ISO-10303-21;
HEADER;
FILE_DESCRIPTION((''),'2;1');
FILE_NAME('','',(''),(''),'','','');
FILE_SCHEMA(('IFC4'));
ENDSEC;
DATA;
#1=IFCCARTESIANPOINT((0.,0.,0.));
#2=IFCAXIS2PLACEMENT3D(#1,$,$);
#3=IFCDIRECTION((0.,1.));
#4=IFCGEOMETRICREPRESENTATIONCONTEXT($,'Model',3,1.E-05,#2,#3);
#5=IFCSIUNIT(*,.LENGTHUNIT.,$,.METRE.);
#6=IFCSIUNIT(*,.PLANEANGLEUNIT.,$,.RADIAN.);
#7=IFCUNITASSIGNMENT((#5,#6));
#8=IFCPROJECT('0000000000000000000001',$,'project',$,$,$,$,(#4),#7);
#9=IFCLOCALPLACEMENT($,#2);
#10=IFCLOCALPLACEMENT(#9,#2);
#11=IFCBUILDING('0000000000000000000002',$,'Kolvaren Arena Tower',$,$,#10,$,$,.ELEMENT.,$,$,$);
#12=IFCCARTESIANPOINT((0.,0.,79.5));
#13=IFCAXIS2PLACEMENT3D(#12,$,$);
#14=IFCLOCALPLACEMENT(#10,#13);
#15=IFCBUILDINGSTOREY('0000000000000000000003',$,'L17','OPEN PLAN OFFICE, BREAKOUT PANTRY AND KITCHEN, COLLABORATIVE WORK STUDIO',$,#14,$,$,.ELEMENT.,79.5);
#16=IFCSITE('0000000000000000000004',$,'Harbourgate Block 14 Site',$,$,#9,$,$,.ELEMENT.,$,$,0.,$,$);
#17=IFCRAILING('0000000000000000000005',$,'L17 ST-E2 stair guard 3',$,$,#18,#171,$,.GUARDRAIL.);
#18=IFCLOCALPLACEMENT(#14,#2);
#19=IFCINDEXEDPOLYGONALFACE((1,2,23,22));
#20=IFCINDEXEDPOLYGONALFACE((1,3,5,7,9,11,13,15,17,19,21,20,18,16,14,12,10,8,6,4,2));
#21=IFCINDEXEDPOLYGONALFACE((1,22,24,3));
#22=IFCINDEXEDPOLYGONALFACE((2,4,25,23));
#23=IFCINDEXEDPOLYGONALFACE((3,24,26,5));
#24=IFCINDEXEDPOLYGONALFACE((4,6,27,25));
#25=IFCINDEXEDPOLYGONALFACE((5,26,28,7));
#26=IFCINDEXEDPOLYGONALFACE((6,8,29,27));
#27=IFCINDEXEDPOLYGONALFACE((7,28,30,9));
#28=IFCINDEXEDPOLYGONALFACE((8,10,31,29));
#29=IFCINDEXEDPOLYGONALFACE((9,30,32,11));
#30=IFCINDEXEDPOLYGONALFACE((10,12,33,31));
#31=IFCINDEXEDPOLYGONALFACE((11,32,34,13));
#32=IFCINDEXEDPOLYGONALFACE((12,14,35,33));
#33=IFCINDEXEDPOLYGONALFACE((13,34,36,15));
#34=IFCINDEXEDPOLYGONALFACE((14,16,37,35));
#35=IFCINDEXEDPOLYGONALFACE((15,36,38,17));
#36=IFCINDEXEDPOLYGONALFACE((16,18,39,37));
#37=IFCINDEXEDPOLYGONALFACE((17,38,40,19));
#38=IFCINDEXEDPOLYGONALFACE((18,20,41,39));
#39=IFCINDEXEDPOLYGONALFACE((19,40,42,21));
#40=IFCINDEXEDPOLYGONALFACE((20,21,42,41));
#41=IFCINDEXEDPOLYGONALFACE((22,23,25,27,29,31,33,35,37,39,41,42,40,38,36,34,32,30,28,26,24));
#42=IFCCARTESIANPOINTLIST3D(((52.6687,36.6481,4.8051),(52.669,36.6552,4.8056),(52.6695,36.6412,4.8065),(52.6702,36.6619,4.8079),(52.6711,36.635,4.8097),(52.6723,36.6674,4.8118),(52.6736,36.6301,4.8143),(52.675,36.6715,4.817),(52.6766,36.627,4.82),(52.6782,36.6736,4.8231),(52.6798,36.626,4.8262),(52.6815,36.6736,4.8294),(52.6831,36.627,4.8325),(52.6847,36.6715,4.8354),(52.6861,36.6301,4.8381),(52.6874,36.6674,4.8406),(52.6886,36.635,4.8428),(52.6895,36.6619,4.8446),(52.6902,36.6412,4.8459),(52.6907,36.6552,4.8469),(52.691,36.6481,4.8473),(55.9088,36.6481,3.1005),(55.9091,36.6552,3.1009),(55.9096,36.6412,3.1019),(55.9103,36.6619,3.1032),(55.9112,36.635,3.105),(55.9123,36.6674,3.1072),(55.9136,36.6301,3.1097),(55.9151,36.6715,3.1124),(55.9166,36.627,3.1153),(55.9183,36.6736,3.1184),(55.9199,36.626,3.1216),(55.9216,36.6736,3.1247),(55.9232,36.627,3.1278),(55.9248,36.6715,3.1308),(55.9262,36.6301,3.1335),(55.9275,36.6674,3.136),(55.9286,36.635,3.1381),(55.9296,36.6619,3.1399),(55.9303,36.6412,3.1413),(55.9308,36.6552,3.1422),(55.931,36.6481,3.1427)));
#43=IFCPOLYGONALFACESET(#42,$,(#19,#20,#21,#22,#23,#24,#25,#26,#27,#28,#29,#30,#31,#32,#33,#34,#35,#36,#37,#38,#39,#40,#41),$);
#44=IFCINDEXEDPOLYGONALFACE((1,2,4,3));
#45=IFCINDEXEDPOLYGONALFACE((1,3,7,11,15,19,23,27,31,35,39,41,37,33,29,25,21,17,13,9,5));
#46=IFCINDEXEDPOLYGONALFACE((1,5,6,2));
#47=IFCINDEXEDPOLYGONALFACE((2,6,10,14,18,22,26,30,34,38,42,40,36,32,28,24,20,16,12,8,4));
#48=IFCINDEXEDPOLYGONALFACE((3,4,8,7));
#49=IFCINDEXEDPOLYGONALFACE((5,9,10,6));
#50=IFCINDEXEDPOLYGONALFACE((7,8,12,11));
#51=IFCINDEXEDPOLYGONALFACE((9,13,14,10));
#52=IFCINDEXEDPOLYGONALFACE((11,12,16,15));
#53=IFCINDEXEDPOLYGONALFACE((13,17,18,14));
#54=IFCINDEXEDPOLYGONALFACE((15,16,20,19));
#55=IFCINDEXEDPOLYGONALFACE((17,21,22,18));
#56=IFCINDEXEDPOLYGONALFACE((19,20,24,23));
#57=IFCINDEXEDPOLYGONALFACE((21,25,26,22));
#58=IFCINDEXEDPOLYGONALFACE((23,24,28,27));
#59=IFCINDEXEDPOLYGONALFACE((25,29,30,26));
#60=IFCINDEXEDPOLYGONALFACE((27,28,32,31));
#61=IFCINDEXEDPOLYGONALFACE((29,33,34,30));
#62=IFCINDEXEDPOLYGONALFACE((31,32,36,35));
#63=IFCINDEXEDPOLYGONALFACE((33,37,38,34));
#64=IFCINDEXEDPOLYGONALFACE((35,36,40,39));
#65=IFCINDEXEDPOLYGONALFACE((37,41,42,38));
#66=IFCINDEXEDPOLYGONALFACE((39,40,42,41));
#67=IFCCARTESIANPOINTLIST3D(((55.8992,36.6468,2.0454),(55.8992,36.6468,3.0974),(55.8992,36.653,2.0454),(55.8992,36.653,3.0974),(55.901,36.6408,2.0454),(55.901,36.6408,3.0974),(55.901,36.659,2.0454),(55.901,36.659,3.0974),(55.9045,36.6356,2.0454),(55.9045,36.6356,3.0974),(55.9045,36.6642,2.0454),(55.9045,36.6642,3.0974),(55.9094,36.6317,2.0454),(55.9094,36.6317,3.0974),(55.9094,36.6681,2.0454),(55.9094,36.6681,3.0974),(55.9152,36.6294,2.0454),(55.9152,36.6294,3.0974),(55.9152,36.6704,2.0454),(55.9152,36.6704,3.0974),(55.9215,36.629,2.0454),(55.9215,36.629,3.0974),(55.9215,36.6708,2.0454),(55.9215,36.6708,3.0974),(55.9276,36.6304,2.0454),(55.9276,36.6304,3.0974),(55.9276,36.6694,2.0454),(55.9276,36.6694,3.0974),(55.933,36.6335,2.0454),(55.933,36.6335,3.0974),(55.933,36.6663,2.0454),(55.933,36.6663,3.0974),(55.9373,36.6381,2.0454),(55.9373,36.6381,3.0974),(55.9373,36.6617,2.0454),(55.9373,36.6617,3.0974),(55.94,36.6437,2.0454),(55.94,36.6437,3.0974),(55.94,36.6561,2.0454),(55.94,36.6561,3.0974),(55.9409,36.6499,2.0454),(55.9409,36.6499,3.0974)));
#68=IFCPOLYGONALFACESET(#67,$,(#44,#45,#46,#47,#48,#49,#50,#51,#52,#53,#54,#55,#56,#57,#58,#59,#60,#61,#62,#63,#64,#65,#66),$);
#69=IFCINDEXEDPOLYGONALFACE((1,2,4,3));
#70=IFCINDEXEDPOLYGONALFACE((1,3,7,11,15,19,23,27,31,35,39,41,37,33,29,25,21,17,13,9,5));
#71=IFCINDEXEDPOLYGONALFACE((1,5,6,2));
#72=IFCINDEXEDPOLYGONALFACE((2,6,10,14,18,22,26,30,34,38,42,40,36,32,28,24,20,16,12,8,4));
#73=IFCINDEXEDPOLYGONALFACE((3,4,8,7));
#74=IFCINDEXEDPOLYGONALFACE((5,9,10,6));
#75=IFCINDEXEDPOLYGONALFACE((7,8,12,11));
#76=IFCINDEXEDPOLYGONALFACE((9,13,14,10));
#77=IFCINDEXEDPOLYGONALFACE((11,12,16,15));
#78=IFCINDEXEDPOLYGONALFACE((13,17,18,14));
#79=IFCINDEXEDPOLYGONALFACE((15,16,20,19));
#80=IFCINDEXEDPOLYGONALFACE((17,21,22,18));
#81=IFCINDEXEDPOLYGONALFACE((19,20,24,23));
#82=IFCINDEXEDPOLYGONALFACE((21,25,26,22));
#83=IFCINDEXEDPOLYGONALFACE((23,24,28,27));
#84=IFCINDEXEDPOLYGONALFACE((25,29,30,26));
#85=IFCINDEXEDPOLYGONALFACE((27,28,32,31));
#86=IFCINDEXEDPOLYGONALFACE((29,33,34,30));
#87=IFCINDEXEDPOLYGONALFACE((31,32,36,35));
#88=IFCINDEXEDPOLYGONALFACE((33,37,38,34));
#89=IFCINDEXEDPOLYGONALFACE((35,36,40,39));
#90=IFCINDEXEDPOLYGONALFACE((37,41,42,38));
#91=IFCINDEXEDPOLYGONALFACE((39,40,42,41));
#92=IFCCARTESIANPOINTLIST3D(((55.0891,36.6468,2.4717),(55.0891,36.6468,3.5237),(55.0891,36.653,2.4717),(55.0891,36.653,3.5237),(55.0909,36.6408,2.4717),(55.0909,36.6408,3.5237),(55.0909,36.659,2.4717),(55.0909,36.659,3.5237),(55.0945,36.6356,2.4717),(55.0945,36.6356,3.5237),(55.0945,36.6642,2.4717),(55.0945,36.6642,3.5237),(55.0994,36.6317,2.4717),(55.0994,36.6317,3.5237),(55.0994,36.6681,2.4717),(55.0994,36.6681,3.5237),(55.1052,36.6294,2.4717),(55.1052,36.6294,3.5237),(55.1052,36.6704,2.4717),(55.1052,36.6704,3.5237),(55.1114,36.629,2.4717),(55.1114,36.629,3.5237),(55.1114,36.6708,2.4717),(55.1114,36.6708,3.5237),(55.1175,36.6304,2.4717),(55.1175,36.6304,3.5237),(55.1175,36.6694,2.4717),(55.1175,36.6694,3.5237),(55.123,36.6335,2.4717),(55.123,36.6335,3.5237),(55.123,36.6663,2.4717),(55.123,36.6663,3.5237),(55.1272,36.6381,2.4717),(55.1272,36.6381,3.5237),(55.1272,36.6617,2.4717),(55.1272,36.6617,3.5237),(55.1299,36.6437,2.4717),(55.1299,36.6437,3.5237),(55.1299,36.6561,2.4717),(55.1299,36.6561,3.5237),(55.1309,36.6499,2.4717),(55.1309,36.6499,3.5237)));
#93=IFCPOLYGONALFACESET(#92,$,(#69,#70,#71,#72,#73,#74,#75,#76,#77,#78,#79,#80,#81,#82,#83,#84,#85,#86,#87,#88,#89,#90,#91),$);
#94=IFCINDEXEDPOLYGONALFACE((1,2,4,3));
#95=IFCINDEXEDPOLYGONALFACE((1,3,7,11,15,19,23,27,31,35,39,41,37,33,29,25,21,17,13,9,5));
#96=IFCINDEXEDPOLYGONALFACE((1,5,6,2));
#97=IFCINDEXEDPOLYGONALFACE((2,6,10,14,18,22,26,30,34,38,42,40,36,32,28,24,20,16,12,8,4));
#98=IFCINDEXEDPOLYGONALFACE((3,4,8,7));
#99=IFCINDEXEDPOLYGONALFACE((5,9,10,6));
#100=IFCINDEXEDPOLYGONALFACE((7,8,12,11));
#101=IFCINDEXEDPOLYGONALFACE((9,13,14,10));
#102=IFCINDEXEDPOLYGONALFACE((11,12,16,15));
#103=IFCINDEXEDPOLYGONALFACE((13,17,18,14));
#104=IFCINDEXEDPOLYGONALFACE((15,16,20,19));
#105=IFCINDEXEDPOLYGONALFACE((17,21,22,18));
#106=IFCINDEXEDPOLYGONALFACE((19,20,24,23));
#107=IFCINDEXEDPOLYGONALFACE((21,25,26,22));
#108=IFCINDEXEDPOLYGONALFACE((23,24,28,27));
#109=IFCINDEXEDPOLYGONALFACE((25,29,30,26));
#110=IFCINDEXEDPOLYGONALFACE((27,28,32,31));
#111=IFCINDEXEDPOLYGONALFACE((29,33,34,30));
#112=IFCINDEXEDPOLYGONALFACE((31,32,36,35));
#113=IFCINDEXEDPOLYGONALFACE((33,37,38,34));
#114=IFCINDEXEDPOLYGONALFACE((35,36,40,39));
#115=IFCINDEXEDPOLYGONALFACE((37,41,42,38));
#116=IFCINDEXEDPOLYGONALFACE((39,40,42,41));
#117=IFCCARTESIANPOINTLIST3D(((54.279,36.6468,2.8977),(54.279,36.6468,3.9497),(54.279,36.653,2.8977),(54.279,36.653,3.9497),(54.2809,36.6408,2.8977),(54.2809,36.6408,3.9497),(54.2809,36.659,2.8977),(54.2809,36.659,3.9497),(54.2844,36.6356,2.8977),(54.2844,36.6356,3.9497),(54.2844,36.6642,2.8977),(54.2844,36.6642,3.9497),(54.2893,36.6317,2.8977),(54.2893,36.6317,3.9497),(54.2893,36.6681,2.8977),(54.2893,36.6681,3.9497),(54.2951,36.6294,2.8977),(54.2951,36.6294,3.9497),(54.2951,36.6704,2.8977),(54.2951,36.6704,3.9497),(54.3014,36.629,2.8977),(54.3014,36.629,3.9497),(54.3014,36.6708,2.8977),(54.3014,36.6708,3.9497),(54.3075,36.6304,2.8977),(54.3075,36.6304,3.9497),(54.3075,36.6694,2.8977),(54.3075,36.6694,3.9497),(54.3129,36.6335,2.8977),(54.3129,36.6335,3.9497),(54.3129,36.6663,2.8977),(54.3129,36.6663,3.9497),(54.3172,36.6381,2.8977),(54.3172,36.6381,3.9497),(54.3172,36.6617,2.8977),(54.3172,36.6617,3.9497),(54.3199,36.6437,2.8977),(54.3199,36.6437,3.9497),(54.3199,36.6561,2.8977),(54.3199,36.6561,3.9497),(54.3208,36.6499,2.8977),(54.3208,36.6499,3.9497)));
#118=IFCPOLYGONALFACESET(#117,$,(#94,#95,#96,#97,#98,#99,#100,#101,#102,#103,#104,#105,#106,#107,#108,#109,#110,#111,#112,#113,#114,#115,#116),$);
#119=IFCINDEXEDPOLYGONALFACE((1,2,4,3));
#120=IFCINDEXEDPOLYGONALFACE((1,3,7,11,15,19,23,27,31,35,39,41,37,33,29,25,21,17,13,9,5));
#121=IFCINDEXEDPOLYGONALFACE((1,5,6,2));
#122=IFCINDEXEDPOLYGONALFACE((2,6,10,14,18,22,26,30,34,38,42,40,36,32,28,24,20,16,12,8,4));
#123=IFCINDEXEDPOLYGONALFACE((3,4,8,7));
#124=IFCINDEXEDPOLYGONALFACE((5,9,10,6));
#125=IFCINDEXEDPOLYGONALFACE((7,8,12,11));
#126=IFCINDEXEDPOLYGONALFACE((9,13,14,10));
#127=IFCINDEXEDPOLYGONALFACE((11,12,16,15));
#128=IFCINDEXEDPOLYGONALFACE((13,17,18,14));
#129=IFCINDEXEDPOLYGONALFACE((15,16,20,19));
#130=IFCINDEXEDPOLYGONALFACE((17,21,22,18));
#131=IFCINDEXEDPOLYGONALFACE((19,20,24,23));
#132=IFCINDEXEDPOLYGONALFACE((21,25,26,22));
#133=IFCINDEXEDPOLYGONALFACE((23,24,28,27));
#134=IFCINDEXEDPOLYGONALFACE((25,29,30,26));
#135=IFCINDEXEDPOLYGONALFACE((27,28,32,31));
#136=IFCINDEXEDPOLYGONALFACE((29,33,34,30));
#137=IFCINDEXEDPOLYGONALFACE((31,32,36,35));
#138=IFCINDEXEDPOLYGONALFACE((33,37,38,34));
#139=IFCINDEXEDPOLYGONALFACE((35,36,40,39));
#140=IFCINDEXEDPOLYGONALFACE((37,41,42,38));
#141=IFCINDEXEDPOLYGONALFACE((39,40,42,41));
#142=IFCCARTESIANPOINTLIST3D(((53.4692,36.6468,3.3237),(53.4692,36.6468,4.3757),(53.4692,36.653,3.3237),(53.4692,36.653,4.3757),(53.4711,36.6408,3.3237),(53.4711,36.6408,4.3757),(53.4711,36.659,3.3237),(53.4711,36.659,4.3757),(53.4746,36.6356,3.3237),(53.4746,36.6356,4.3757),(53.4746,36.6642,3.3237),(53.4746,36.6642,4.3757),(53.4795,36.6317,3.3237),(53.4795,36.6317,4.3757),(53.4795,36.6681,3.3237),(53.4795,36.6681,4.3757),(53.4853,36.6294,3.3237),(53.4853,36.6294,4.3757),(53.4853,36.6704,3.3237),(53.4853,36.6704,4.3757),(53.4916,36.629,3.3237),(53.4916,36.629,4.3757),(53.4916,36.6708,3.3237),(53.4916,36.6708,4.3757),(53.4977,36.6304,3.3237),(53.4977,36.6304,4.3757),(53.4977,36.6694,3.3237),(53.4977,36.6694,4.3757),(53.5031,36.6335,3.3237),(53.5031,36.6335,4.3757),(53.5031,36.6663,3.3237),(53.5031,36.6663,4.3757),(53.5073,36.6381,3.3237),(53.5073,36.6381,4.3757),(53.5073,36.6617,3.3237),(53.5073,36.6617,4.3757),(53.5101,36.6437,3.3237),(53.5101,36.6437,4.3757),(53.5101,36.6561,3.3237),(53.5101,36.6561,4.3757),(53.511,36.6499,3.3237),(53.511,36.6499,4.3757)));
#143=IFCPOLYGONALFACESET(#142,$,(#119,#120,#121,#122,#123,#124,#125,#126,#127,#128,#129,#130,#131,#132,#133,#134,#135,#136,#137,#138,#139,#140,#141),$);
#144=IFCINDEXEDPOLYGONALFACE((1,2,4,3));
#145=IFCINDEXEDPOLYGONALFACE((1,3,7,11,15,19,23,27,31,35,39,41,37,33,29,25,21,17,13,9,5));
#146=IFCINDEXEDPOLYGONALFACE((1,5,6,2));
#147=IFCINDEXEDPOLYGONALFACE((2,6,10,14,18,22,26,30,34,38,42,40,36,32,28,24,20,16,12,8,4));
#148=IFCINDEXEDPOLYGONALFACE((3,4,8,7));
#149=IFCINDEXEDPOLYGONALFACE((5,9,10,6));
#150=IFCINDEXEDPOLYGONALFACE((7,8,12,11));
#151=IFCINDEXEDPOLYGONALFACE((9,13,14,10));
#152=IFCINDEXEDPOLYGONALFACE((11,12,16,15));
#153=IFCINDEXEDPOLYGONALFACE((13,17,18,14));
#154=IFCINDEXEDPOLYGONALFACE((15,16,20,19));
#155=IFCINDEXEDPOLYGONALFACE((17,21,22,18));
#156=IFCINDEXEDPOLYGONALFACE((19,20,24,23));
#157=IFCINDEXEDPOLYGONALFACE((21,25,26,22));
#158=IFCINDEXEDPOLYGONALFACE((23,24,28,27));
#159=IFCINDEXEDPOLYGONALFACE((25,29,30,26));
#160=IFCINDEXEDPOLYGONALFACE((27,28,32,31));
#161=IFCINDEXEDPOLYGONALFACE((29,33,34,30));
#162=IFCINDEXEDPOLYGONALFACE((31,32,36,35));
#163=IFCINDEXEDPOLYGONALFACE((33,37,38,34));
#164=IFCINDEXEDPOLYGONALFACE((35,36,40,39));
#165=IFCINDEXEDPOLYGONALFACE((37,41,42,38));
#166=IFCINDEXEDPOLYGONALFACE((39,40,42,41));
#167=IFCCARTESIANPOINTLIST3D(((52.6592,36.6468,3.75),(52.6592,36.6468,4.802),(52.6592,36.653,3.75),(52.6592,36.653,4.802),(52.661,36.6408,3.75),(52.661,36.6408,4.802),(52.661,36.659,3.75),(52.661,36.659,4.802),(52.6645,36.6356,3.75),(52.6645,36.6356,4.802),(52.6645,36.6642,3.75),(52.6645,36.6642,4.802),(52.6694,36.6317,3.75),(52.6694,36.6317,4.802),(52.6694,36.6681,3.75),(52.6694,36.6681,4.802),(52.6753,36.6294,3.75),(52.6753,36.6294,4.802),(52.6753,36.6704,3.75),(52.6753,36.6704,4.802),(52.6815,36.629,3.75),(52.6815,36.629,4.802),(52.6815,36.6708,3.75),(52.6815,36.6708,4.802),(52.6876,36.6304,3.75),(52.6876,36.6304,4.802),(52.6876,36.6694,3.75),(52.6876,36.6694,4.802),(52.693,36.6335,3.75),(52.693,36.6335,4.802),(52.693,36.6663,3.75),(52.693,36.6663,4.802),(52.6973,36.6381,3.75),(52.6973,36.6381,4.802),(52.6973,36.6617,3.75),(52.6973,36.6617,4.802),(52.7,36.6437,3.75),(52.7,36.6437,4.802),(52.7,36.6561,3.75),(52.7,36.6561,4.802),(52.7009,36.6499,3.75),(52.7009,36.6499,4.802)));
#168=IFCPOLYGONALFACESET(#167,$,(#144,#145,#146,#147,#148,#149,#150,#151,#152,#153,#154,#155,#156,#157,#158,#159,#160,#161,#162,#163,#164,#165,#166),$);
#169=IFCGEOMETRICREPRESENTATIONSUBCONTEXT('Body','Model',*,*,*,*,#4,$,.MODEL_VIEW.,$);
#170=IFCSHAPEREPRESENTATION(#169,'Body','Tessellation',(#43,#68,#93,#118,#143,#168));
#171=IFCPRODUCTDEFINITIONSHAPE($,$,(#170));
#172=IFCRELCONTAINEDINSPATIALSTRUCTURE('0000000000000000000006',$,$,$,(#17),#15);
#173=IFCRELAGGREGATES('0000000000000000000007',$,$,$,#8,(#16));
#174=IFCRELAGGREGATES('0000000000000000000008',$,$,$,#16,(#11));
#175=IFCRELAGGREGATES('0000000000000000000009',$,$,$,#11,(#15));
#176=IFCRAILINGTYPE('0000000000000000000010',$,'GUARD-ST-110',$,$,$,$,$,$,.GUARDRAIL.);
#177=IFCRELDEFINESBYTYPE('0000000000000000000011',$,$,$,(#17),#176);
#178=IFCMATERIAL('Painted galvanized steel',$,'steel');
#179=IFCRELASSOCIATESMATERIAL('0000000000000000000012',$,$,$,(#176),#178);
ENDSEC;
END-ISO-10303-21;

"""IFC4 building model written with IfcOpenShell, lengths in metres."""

from ifc_helpers import new_model, si_unit, direction, frame, origin, origin_2d, place, context, subcontext, project, spatial, circle, extrude, material, type_object, element, save


model = new_model("IFC4")

# Units and contexts
model_context = context("Model", 3, precision=1e-05, world=origin(), true_north=direction((0.0, 1.0)))
body_context = subcontext(model_context, "Body", "Model", "MODEL_VIEW")
ifc_project = project(units=[si_unit("LENGTHUNIT", "METRE"), si_unit("PLANEANGLEUNIT", "RADIAN")], contexts=[model_context])

# Site, building, storey
site_placement = place(None, origin())
site = spatial("IfcSite", under=ifc_project, at=site_placement, Name="Harbourgate Block 14 Site", CompositionType="ELEMENT", RefElevation=0.0)
building_placement = place(site_placement, origin())
building = spatial("IfcBuilding", under=site, at=building_placement, Name="Kolvaren Arena Tower", CompositionType="ELEMENT")
storey_placement = place(building_placement, frame((0.0, 0.0, 79.5)))
storey = spatial("IfcBuildingStorey", under=building, at=storey_placement, Name="L17", Description="OPEN PLAN OFFICE, BREAKOUT PANTRY AND KITCHEN, COLLABORATIVE WORK STUDIO", CompositionType="ELEMENT", Elevation=79.5)

# Railing
ifc_material_1 = material(Name="Painted galvanized steel", Category="steel")
railing_type = type_object("IfcRailingType", Name="GUARD-ST-110", PredefinedType="GUARDRAIL", material=ifc_material_1)
railing_1_placement = place(storey_placement, frame((55.9199, 36.6499, 2.0454)))
element("IfcRailing", 1, at=railing_1_placement, inside=storey, type_object=railing_type, Name="L17 ST-E2 stair guard 3", PredefinedType="GUARDRAIL", context=body_context, shape_type="SweptSolid", body=[
    extrude(circle(Radius=0.0239, at=origin_2d()), frame((0.0, 0.0, 1.0762), z_axis=(-0.884993, 0.0, 0.465604), x_axis=(0.0, -1.0, 0.0)), (0.0, 0.0, 1.0), 3.6611),
    extrude(circle(Radius=0.021, at=origin_2d()), origin(), (0.0, 0.0, 1.0), 1.052),
    extrude(circle(Radius=0.021, at=origin_2d()), frame((-0.8101, 0.0, 0.4263)), (0.0, 0.0, 1.0), 1.052),
    extrude(circle(Radius=0.021, at=origin_2d()), frame((-1.6201, 0.0, 0.8523)), (0.0, 0.0, 1.0), 1.052),
    extrude(circle(Radius=0.021, at=origin_2d()), frame((-2.4299, 0.0, 1.2783)), (0.0, 0.0, 1.0), 1.052),
    extrude(circle(Radius=0.021, at=origin_2d()), frame((-3.24, 0.0, 1.7046)), (0.0, 0.0, 1.0), 1.052),
])

save(model, "model.ifc")
